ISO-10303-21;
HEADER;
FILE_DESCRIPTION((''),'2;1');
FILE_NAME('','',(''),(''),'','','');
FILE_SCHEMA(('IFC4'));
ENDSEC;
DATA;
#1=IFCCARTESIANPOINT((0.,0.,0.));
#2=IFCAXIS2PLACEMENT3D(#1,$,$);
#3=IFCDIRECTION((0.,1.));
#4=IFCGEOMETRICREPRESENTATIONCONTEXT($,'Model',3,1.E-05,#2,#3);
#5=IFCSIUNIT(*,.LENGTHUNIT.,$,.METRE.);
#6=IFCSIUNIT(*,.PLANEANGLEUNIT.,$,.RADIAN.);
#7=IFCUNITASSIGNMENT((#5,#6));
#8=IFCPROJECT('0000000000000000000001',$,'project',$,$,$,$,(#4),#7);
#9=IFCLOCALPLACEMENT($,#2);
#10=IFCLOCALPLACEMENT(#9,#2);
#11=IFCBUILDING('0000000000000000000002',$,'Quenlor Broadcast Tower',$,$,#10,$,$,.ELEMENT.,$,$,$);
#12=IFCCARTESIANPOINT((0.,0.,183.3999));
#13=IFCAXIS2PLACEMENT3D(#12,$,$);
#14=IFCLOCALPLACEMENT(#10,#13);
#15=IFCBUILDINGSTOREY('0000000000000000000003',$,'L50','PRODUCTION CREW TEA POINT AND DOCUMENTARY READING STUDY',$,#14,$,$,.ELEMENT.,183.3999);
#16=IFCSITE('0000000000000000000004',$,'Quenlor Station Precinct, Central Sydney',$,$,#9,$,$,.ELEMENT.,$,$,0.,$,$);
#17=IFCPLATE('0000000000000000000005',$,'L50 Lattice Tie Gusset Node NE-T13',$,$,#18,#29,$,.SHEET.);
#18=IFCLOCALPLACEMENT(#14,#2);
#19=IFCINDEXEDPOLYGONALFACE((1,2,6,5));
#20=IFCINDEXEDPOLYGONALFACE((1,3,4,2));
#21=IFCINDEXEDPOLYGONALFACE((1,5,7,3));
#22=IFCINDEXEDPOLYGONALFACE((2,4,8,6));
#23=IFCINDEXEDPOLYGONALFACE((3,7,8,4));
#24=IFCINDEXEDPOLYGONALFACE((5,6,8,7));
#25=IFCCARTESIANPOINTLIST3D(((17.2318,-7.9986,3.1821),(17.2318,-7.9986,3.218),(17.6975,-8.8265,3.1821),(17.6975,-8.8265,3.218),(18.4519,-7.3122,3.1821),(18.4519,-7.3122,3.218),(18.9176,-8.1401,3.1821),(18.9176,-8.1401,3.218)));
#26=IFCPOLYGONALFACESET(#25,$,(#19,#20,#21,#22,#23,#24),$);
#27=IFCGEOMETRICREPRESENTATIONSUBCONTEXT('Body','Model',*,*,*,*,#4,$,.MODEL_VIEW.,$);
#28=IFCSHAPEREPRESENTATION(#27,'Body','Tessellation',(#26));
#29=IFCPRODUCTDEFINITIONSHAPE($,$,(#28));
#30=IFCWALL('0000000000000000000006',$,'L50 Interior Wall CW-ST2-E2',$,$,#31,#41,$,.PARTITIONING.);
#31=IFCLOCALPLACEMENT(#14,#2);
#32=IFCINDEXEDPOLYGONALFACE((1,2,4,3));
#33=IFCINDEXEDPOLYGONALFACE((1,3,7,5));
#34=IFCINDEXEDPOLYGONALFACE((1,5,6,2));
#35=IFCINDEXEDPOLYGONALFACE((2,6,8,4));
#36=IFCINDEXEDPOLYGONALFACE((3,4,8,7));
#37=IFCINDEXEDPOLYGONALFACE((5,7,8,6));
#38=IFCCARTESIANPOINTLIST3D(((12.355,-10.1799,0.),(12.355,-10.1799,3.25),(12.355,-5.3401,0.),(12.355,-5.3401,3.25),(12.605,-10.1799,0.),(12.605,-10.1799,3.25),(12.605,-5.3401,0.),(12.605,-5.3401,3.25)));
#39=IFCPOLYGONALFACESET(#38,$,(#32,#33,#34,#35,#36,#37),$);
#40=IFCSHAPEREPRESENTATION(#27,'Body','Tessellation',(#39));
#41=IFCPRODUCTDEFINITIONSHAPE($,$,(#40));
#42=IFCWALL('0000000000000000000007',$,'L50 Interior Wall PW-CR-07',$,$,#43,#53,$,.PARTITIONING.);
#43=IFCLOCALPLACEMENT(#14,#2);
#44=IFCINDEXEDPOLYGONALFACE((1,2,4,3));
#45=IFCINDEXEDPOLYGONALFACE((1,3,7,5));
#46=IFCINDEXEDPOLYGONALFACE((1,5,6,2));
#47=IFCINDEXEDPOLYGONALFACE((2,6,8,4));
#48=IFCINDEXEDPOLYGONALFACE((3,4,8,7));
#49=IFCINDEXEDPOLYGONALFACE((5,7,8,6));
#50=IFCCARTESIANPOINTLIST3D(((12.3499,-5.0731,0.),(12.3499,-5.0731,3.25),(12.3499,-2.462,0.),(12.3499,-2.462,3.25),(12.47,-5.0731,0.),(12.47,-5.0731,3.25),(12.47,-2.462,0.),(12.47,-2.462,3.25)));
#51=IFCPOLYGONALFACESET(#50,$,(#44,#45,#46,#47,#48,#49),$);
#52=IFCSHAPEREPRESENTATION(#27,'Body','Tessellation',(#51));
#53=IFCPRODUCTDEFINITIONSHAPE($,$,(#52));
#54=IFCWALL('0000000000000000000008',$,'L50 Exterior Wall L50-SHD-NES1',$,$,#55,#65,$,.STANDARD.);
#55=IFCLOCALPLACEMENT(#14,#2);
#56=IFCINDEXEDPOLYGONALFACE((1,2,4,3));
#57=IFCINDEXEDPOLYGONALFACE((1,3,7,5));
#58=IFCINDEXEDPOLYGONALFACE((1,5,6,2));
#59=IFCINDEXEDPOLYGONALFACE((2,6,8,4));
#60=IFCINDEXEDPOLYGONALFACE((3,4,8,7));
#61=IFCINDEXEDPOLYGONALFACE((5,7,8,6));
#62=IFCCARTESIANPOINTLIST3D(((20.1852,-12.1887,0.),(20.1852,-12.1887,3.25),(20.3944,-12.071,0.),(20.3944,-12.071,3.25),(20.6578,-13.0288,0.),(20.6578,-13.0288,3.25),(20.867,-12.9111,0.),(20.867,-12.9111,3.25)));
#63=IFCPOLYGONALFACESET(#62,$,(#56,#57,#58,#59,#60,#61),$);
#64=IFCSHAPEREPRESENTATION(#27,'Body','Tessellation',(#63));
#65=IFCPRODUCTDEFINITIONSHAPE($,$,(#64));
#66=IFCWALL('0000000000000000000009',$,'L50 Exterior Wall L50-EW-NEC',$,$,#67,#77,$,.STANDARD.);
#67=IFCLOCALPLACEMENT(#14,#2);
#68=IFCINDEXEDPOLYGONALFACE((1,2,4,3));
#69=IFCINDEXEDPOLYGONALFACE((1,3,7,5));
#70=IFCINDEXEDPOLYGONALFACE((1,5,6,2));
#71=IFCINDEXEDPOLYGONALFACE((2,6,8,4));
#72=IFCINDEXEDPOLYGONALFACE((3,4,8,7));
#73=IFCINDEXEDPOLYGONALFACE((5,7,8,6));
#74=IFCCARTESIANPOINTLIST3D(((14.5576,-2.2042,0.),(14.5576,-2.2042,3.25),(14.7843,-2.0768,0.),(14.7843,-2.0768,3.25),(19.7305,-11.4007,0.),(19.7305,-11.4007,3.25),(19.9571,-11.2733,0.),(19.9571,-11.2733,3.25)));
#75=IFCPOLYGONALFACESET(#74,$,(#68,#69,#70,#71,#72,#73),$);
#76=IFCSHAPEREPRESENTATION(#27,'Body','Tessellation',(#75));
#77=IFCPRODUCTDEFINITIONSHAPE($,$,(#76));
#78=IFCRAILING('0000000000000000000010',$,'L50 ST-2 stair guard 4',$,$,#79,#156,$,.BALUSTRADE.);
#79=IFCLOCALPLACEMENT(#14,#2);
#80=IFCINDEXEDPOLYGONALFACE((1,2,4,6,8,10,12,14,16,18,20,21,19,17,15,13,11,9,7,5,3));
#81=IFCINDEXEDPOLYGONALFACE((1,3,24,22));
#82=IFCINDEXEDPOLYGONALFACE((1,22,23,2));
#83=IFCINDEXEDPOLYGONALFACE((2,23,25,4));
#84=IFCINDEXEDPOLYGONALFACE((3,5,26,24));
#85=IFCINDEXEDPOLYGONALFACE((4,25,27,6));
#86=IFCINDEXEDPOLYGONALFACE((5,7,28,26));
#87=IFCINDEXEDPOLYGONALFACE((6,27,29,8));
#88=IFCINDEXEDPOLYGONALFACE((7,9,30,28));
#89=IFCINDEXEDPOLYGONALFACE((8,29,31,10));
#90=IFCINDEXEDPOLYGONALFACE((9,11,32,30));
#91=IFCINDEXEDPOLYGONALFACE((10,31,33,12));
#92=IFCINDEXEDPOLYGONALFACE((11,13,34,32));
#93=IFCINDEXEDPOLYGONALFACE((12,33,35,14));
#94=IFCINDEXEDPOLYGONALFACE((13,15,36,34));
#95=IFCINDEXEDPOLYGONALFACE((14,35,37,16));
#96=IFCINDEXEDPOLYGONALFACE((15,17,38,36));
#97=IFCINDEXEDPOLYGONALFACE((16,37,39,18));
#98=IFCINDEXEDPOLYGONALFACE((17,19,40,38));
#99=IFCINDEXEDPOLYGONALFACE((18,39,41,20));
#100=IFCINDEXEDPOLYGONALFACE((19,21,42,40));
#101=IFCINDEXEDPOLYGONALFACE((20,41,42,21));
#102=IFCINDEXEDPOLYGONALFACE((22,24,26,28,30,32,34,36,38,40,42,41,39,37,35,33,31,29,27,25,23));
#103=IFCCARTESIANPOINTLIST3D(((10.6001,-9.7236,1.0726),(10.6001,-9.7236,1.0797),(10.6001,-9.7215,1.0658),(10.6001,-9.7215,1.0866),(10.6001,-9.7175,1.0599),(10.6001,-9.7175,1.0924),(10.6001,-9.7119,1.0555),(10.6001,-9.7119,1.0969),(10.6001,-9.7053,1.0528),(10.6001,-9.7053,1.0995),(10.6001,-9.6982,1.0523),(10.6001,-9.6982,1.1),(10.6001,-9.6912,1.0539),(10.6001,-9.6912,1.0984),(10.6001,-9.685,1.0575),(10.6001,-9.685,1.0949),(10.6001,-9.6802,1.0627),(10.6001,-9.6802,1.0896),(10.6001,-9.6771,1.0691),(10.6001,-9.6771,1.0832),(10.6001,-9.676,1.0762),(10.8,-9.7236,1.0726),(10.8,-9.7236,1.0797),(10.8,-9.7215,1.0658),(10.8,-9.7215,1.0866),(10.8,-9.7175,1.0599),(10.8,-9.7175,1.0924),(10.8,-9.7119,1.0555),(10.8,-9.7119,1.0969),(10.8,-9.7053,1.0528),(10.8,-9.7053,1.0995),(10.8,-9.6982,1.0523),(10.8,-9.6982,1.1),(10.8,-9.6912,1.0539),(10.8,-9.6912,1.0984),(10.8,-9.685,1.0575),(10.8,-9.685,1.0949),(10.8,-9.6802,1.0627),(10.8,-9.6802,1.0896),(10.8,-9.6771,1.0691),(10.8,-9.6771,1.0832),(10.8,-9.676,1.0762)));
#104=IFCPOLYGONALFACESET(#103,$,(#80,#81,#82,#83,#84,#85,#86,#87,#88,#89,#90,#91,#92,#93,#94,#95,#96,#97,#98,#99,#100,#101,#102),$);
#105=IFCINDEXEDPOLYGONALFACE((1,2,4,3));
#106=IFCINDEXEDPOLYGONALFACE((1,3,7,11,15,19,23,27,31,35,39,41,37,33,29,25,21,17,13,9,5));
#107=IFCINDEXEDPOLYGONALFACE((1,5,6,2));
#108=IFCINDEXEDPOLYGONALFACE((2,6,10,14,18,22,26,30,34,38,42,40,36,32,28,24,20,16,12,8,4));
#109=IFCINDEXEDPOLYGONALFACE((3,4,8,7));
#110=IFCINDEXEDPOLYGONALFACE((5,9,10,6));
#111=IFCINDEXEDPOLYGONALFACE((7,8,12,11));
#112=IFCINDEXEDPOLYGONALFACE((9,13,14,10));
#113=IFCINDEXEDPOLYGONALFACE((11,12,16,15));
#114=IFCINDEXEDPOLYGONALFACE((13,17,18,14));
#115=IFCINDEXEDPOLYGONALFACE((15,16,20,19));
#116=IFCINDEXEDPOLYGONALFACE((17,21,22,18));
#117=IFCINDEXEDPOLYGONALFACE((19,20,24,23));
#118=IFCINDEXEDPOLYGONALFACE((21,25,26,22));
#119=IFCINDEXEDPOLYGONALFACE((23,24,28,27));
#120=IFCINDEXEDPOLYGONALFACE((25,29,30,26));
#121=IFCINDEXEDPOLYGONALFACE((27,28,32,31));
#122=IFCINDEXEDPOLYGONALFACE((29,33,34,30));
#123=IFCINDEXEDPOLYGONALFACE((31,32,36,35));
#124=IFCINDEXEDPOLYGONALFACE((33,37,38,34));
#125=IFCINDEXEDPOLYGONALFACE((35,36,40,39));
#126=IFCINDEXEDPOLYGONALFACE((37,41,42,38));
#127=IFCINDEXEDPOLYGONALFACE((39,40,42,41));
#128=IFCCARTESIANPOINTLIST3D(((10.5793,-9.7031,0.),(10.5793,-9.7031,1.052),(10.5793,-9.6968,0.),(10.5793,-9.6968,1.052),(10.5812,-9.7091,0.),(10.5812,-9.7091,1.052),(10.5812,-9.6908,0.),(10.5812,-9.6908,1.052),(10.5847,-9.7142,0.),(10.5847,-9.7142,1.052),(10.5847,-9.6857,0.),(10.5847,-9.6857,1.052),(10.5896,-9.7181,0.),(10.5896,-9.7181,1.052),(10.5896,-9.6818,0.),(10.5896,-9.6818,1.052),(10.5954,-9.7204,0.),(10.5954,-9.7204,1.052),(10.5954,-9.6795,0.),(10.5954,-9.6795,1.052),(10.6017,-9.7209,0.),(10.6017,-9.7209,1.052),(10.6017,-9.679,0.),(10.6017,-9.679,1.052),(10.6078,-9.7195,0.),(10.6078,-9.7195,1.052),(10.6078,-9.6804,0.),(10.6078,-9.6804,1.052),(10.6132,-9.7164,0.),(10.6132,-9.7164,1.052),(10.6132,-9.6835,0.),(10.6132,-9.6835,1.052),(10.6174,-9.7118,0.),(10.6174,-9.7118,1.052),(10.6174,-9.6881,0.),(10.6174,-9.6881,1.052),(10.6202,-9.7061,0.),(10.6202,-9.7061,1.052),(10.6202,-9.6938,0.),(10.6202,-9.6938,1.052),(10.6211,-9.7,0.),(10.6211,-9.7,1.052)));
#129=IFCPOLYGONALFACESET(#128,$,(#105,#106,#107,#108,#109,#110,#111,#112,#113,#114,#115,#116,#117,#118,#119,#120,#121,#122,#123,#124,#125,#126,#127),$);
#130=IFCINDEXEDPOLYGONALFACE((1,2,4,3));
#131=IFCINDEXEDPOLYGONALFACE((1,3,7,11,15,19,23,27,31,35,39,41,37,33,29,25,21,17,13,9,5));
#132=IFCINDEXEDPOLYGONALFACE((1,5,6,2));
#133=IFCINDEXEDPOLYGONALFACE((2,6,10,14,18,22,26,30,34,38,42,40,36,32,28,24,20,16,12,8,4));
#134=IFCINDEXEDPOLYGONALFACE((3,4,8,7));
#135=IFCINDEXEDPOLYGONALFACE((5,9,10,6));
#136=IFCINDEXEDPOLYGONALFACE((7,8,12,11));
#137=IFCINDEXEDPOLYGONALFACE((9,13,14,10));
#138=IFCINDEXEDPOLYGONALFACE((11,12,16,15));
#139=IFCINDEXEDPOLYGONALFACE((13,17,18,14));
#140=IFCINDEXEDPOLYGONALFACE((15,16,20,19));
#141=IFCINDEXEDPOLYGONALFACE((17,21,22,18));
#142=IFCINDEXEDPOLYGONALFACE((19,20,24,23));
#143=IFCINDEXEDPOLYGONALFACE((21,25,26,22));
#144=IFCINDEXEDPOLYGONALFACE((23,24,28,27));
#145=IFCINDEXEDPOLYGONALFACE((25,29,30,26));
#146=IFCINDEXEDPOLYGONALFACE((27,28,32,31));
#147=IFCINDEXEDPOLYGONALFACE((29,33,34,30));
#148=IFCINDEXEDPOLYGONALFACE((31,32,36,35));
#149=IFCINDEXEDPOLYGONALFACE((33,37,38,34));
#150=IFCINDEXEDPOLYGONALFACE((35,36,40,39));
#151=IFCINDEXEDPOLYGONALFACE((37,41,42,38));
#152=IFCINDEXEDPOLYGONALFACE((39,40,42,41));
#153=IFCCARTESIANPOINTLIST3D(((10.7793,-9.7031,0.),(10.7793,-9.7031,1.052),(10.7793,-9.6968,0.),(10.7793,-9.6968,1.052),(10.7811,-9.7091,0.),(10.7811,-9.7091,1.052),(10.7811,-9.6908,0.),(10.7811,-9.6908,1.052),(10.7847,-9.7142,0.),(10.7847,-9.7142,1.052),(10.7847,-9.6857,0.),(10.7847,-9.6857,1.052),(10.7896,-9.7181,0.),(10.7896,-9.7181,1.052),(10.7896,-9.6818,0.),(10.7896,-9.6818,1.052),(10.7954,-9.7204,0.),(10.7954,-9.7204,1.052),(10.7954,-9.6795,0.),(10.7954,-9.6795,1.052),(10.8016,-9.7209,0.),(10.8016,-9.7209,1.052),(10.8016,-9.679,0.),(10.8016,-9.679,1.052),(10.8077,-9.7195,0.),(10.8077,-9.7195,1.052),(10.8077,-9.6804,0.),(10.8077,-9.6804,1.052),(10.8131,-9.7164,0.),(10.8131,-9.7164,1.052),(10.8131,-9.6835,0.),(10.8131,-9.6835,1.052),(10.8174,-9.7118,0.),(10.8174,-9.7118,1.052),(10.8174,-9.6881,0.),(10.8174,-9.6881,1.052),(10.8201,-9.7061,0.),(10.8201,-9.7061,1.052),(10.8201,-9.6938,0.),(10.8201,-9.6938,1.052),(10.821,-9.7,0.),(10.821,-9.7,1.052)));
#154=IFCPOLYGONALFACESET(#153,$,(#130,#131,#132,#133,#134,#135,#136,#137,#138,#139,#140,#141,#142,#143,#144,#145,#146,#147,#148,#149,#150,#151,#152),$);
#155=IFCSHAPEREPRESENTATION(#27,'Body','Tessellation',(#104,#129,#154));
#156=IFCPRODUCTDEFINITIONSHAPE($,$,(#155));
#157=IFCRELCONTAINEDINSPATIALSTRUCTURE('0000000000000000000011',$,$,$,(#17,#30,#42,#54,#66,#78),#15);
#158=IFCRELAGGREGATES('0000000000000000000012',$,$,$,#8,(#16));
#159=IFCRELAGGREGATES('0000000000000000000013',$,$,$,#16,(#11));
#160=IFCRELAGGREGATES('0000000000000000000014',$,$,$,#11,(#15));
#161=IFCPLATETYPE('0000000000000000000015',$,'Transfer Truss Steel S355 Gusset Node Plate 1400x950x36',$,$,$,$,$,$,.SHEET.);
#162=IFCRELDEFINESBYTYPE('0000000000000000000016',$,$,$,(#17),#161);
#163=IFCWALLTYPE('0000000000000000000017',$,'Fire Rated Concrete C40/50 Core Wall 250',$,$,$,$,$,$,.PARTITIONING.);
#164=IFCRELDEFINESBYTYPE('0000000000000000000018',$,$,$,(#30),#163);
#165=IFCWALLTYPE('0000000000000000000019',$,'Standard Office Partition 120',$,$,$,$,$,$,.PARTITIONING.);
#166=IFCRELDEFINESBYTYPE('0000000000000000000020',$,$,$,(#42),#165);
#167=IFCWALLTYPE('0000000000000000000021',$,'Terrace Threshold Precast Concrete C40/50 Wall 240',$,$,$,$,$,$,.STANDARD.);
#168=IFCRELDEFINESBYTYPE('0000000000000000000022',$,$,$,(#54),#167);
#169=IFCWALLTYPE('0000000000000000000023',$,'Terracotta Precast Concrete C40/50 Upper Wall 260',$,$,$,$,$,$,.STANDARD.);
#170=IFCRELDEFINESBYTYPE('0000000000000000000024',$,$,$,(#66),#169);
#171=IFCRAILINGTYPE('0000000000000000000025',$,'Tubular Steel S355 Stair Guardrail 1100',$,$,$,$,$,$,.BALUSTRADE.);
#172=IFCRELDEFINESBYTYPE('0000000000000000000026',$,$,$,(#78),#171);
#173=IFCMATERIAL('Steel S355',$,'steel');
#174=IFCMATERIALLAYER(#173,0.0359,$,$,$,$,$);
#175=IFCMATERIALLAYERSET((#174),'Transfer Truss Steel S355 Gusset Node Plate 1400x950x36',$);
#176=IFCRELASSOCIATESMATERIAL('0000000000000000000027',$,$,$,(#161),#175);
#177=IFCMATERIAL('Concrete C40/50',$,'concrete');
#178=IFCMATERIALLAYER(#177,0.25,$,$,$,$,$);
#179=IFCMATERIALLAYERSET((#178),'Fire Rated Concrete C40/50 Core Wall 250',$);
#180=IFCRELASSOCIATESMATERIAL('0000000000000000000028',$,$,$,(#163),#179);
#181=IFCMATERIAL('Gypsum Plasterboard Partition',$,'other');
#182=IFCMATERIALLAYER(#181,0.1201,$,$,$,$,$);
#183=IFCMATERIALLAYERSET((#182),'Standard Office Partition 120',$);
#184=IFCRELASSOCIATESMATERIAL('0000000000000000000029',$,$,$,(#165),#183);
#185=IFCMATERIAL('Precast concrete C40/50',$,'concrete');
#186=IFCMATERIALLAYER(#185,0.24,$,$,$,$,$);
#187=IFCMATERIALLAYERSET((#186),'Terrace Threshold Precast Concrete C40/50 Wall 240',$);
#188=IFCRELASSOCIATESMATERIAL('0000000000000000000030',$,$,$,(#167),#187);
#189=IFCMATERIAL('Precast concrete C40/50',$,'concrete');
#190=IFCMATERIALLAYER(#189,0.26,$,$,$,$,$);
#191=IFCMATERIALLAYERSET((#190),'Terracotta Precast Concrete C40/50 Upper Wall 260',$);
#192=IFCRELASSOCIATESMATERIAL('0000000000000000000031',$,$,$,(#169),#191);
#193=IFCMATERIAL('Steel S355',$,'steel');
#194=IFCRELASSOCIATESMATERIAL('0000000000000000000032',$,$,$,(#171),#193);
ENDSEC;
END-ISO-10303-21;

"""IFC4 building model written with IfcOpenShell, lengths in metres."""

from ifc_helpers import new_model, si_unit, direction, frame, frame_2d, origin, origin_2d, place, context, subcontext, project, spatial, rectangle, circle, extrude, material, layer, layer_set, type_object, element, save


model = new_model("IFC4")

# Units and contexts
model_context = context("Model", 3, precision=1e-05, world=origin(), true_north=direction((0.0, 1.0)))
body_context = subcontext(model_context, "Body", "Model", "MODEL_VIEW")
ifc_project = project(units=[si_unit("LENGTHUNIT", "METRE"), si_unit("PLANEANGLEUNIT", "RADIAN")], contexts=[model_context])

# Site, building, storey
site_placement = place(None, origin())
site = spatial("IfcSite", under=ifc_project, at=site_placement, Name="Quenlor Station Precinct, Central Sydney", CompositionType="ELEMENT", RefElevation=0.0)
building_placement = place(site_placement, origin())
building = spatial("IfcBuilding", under=site, at=building_placement, Name="Quenlor Broadcast Tower", CompositionType="ELEMENT")
storey_placement = place(building_placement, frame((0.0, 0.0, 183.3999)))
storey = spatial("IfcBuildingStorey", under=building, at=storey_placement, Name="L50", Description="PRODUCTION CREW TEA POINT AND DOCUMENTARY READING STUDY", CompositionType="ELEMENT", Elevation=183.3999)

# Plate
ifc_material_1 = material(Name="Steel S355", Category="steel")
ifc_layer_1 = layer(ifc_material_1, 0.0359)
ifc_layer_set_1 = layer_set([ifc_layer_1], Name="Transfer Truss Steel S355 Gusset Node Plate 1400x950x36")
plate_type_1 = type_object("IfcPlateType", Name="Transfer Truss Steel S355 Gusset Node Plate 1400x950x36", PredefinedType="SHEET", material=ifc_layer_set_1)
for number, where, z_axis, x_axis, name in (
    (1, (18.0747, -8.0693, 3.1821), (0.0, 0.0, 1.0), (0.871556, 0.490295, 0.0), "L50 Lattice Tie Gusset Node NE-T13"),
):
    element("IfcPlate", number, at=place(storey_placement, frame(where, z_axis=z_axis, x_axis=x_axis)), inside=storey, type_object=plate_type_1, Name=name, PredefinedType="SHEET", context=body_context, shape_type="SweptSolid", body=[
        extrude(rectangle(XDim=1.3999, YDim=0.95, at=origin_2d()), origin(), (0.0, 0.0, 1.0), 0.0359),
    ])

# Walls
ifc_material_2 = material(Name="Concrete C40/50", Category="concrete")
ifc_layer_2 = layer(ifc_material_2, 0.25)
ifc_layer_set_2 = layer_set([ifc_layer_2], Name="Fire Rated Concrete C40/50 Core Wall 250")
wall_type_1 = type_object("IfcWallType", Name="Fire Rated Concrete C40/50 Core Wall 250", PredefinedType="PARTITIONING", material=ifc_layer_set_2)
wall_1_placement = place(storey_placement, frame((12.48, -10.1799, 0.0), z_axis=(0.0, 0.0, 1.0), x_axis=(0.0, 1.0, 0.0)))
element("IfcWall", 2, at=wall_1_placement, inside=storey, type_object=wall_type_1, Name="L50 Interior Wall CW-ST2-E2", PredefinedType="PARTITIONING", context=body_context, shape_type="SweptSolid", body=[
    extrude(rectangle(XDim=4.8398, YDim=0.25, at=frame_2d((2.4199, 0.0))), origin(), (0.0, 0.0, 1.0), 3.25),
])
ifc_material_3 = material(Name="Gypsum Plasterboard Partition", Category="other")
ifc_layer_3 = layer(ifc_material_3, 0.1201)
ifc_layer_set_3 = layer_set([ifc_layer_3], Name="Standard Office Partition 120")
wall_type_2 = type_object("IfcWallType", Name="Standard Office Partition 120", PredefinedType="PARTITIONING", material=ifc_layer_set_3)
wall_2_placement = place(storey_placement, frame((12.4099, -2.4619, 0.0), z_axis=(0.0, 0.0, 1.0), x_axis=(0.0, -1.0, 0.0)))
element("IfcWall", 3, at=wall_2_placement, inside=storey, type_object=wall_type_2, Name="L50 Interior Wall PW-CR-07", PredefinedType="PARTITIONING", context=body_context, shape_type="SweptSolid", body=[
    extrude(rectangle(XDim=2.6111, YDim=0.1201, at=frame_2d((1.3057, 0.0))), origin(), (0.0, 0.0, 1.0), 3.25),
])
ifc_material_4 = material(Name="Precast concrete C40/50", Category="concrete")
ifc_layer_4 = layer(ifc_material_4, 0.24)
ifc_layer_set_4 = layer_set([ifc_layer_4], Name="Terrace Threshold Precast Concrete C40/50 Wall 240")
wall_type_3 = type_object("IfcWallType", Name="Terrace Threshold Precast Concrete C40/50 Wall 240", PredefinedType="STANDARD", material=ifc_layer_set_4)
wall_3_placement = place(storey_placement, frame((20.2898, -12.1299, 0.0), z_axis=(0.0, 0.0, 1.0), x_axis=(0.490345, -0.871528, 0.0)))
element("IfcWall", 4, at=wall_3_placement, inside=storey, type_object=wall_type_3, Name="L50 Exterior Wall L50-SHD-NES1", PredefinedType="STANDARD", context=body_context, shape_type="SweptSolid", body=[
    extrude(rectangle(XDim=0.9639, YDim=0.24, at=frame_2d((0.4819, 0.0))), origin(), (0.0, 0.0, 1.0), 3.25),
])
ifc_material_5 = material(Name="Precast concrete C40/50", Category="concrete")
ifc_layer_5 = layer(ifc_material_5, 0.26)
ifc_layer_set_5 = layer_set([ifc_layer_5], Name="Terracotta Precast Concrete C40/50 Upper Wall 260")
wall_type_4 = type_object("IfcWallType", Name="Terracotta Precast Concrete C40/50 Upper Wall 260", PredefinedType="STANDARD", material=ifc_layer_set_5)
wall_4_placement = place(storey_placement, frame((14.6709, -2.1404, 0.0), z_axis=(0.0, 0.0, 1.0), x_axis=(0.490247, -0.871584, 0.0)))
element("IfcWall", 5, at=wall_4_placement, inside=storey, type_object=wall_type_4, Name="L50 Exterior Wall L50-EW-NEC", PredefinedType="STANDARD", context=body_context, shape_type="SweptSolid", body=[
    extrude(rectangle(XDim=10.5515, YDim=0.26, at=frame_2d((5.2759, 0.0))), origin(), (0.0, 0.0, 1.0), 3.25),
])

# Railing
ifc_material_6 = material(Name="Steel S355", Category="steel")
railing_type = type_object("IfcRailingType", Name="Tubular Steel S355 Stair Guardrail 1100", PredefinedType="BALUSTRADE", material=ifc_material_6)
railing_placement = place(storey_placement, frame((10.6001, -9.7, 0.0)))
element("IfcRailing", 6, at=railing_placement, inside=storey, type_object=railing_type, Name="L50 ST-2 stair guard 4", PredefinedType="BALUSTRADE", context=body_context, shape_type="SweptSolid", body=[
    extrude(circle(Radius=0.0239, at=origin_2d()), frame((0.0, 0.0, 1.0762), z_axis=(1.0, 0.0, 0.0), x_axis=(0.0, 1.0, 0.0)), (0.0, 0.0, 1.0), 0.2),
    extrude(circle(Radius=0.021, at=origin_2d()), origin(), (0.0, 0.0, 1.0), 1.052),
    extrude(circle(Radius=0.021, at=origin_2d()), frame((0.2, 0.0, 0.0)), (0.0, 0.0, 1.0), 1.052),
])

save(model, "model.ifc")
